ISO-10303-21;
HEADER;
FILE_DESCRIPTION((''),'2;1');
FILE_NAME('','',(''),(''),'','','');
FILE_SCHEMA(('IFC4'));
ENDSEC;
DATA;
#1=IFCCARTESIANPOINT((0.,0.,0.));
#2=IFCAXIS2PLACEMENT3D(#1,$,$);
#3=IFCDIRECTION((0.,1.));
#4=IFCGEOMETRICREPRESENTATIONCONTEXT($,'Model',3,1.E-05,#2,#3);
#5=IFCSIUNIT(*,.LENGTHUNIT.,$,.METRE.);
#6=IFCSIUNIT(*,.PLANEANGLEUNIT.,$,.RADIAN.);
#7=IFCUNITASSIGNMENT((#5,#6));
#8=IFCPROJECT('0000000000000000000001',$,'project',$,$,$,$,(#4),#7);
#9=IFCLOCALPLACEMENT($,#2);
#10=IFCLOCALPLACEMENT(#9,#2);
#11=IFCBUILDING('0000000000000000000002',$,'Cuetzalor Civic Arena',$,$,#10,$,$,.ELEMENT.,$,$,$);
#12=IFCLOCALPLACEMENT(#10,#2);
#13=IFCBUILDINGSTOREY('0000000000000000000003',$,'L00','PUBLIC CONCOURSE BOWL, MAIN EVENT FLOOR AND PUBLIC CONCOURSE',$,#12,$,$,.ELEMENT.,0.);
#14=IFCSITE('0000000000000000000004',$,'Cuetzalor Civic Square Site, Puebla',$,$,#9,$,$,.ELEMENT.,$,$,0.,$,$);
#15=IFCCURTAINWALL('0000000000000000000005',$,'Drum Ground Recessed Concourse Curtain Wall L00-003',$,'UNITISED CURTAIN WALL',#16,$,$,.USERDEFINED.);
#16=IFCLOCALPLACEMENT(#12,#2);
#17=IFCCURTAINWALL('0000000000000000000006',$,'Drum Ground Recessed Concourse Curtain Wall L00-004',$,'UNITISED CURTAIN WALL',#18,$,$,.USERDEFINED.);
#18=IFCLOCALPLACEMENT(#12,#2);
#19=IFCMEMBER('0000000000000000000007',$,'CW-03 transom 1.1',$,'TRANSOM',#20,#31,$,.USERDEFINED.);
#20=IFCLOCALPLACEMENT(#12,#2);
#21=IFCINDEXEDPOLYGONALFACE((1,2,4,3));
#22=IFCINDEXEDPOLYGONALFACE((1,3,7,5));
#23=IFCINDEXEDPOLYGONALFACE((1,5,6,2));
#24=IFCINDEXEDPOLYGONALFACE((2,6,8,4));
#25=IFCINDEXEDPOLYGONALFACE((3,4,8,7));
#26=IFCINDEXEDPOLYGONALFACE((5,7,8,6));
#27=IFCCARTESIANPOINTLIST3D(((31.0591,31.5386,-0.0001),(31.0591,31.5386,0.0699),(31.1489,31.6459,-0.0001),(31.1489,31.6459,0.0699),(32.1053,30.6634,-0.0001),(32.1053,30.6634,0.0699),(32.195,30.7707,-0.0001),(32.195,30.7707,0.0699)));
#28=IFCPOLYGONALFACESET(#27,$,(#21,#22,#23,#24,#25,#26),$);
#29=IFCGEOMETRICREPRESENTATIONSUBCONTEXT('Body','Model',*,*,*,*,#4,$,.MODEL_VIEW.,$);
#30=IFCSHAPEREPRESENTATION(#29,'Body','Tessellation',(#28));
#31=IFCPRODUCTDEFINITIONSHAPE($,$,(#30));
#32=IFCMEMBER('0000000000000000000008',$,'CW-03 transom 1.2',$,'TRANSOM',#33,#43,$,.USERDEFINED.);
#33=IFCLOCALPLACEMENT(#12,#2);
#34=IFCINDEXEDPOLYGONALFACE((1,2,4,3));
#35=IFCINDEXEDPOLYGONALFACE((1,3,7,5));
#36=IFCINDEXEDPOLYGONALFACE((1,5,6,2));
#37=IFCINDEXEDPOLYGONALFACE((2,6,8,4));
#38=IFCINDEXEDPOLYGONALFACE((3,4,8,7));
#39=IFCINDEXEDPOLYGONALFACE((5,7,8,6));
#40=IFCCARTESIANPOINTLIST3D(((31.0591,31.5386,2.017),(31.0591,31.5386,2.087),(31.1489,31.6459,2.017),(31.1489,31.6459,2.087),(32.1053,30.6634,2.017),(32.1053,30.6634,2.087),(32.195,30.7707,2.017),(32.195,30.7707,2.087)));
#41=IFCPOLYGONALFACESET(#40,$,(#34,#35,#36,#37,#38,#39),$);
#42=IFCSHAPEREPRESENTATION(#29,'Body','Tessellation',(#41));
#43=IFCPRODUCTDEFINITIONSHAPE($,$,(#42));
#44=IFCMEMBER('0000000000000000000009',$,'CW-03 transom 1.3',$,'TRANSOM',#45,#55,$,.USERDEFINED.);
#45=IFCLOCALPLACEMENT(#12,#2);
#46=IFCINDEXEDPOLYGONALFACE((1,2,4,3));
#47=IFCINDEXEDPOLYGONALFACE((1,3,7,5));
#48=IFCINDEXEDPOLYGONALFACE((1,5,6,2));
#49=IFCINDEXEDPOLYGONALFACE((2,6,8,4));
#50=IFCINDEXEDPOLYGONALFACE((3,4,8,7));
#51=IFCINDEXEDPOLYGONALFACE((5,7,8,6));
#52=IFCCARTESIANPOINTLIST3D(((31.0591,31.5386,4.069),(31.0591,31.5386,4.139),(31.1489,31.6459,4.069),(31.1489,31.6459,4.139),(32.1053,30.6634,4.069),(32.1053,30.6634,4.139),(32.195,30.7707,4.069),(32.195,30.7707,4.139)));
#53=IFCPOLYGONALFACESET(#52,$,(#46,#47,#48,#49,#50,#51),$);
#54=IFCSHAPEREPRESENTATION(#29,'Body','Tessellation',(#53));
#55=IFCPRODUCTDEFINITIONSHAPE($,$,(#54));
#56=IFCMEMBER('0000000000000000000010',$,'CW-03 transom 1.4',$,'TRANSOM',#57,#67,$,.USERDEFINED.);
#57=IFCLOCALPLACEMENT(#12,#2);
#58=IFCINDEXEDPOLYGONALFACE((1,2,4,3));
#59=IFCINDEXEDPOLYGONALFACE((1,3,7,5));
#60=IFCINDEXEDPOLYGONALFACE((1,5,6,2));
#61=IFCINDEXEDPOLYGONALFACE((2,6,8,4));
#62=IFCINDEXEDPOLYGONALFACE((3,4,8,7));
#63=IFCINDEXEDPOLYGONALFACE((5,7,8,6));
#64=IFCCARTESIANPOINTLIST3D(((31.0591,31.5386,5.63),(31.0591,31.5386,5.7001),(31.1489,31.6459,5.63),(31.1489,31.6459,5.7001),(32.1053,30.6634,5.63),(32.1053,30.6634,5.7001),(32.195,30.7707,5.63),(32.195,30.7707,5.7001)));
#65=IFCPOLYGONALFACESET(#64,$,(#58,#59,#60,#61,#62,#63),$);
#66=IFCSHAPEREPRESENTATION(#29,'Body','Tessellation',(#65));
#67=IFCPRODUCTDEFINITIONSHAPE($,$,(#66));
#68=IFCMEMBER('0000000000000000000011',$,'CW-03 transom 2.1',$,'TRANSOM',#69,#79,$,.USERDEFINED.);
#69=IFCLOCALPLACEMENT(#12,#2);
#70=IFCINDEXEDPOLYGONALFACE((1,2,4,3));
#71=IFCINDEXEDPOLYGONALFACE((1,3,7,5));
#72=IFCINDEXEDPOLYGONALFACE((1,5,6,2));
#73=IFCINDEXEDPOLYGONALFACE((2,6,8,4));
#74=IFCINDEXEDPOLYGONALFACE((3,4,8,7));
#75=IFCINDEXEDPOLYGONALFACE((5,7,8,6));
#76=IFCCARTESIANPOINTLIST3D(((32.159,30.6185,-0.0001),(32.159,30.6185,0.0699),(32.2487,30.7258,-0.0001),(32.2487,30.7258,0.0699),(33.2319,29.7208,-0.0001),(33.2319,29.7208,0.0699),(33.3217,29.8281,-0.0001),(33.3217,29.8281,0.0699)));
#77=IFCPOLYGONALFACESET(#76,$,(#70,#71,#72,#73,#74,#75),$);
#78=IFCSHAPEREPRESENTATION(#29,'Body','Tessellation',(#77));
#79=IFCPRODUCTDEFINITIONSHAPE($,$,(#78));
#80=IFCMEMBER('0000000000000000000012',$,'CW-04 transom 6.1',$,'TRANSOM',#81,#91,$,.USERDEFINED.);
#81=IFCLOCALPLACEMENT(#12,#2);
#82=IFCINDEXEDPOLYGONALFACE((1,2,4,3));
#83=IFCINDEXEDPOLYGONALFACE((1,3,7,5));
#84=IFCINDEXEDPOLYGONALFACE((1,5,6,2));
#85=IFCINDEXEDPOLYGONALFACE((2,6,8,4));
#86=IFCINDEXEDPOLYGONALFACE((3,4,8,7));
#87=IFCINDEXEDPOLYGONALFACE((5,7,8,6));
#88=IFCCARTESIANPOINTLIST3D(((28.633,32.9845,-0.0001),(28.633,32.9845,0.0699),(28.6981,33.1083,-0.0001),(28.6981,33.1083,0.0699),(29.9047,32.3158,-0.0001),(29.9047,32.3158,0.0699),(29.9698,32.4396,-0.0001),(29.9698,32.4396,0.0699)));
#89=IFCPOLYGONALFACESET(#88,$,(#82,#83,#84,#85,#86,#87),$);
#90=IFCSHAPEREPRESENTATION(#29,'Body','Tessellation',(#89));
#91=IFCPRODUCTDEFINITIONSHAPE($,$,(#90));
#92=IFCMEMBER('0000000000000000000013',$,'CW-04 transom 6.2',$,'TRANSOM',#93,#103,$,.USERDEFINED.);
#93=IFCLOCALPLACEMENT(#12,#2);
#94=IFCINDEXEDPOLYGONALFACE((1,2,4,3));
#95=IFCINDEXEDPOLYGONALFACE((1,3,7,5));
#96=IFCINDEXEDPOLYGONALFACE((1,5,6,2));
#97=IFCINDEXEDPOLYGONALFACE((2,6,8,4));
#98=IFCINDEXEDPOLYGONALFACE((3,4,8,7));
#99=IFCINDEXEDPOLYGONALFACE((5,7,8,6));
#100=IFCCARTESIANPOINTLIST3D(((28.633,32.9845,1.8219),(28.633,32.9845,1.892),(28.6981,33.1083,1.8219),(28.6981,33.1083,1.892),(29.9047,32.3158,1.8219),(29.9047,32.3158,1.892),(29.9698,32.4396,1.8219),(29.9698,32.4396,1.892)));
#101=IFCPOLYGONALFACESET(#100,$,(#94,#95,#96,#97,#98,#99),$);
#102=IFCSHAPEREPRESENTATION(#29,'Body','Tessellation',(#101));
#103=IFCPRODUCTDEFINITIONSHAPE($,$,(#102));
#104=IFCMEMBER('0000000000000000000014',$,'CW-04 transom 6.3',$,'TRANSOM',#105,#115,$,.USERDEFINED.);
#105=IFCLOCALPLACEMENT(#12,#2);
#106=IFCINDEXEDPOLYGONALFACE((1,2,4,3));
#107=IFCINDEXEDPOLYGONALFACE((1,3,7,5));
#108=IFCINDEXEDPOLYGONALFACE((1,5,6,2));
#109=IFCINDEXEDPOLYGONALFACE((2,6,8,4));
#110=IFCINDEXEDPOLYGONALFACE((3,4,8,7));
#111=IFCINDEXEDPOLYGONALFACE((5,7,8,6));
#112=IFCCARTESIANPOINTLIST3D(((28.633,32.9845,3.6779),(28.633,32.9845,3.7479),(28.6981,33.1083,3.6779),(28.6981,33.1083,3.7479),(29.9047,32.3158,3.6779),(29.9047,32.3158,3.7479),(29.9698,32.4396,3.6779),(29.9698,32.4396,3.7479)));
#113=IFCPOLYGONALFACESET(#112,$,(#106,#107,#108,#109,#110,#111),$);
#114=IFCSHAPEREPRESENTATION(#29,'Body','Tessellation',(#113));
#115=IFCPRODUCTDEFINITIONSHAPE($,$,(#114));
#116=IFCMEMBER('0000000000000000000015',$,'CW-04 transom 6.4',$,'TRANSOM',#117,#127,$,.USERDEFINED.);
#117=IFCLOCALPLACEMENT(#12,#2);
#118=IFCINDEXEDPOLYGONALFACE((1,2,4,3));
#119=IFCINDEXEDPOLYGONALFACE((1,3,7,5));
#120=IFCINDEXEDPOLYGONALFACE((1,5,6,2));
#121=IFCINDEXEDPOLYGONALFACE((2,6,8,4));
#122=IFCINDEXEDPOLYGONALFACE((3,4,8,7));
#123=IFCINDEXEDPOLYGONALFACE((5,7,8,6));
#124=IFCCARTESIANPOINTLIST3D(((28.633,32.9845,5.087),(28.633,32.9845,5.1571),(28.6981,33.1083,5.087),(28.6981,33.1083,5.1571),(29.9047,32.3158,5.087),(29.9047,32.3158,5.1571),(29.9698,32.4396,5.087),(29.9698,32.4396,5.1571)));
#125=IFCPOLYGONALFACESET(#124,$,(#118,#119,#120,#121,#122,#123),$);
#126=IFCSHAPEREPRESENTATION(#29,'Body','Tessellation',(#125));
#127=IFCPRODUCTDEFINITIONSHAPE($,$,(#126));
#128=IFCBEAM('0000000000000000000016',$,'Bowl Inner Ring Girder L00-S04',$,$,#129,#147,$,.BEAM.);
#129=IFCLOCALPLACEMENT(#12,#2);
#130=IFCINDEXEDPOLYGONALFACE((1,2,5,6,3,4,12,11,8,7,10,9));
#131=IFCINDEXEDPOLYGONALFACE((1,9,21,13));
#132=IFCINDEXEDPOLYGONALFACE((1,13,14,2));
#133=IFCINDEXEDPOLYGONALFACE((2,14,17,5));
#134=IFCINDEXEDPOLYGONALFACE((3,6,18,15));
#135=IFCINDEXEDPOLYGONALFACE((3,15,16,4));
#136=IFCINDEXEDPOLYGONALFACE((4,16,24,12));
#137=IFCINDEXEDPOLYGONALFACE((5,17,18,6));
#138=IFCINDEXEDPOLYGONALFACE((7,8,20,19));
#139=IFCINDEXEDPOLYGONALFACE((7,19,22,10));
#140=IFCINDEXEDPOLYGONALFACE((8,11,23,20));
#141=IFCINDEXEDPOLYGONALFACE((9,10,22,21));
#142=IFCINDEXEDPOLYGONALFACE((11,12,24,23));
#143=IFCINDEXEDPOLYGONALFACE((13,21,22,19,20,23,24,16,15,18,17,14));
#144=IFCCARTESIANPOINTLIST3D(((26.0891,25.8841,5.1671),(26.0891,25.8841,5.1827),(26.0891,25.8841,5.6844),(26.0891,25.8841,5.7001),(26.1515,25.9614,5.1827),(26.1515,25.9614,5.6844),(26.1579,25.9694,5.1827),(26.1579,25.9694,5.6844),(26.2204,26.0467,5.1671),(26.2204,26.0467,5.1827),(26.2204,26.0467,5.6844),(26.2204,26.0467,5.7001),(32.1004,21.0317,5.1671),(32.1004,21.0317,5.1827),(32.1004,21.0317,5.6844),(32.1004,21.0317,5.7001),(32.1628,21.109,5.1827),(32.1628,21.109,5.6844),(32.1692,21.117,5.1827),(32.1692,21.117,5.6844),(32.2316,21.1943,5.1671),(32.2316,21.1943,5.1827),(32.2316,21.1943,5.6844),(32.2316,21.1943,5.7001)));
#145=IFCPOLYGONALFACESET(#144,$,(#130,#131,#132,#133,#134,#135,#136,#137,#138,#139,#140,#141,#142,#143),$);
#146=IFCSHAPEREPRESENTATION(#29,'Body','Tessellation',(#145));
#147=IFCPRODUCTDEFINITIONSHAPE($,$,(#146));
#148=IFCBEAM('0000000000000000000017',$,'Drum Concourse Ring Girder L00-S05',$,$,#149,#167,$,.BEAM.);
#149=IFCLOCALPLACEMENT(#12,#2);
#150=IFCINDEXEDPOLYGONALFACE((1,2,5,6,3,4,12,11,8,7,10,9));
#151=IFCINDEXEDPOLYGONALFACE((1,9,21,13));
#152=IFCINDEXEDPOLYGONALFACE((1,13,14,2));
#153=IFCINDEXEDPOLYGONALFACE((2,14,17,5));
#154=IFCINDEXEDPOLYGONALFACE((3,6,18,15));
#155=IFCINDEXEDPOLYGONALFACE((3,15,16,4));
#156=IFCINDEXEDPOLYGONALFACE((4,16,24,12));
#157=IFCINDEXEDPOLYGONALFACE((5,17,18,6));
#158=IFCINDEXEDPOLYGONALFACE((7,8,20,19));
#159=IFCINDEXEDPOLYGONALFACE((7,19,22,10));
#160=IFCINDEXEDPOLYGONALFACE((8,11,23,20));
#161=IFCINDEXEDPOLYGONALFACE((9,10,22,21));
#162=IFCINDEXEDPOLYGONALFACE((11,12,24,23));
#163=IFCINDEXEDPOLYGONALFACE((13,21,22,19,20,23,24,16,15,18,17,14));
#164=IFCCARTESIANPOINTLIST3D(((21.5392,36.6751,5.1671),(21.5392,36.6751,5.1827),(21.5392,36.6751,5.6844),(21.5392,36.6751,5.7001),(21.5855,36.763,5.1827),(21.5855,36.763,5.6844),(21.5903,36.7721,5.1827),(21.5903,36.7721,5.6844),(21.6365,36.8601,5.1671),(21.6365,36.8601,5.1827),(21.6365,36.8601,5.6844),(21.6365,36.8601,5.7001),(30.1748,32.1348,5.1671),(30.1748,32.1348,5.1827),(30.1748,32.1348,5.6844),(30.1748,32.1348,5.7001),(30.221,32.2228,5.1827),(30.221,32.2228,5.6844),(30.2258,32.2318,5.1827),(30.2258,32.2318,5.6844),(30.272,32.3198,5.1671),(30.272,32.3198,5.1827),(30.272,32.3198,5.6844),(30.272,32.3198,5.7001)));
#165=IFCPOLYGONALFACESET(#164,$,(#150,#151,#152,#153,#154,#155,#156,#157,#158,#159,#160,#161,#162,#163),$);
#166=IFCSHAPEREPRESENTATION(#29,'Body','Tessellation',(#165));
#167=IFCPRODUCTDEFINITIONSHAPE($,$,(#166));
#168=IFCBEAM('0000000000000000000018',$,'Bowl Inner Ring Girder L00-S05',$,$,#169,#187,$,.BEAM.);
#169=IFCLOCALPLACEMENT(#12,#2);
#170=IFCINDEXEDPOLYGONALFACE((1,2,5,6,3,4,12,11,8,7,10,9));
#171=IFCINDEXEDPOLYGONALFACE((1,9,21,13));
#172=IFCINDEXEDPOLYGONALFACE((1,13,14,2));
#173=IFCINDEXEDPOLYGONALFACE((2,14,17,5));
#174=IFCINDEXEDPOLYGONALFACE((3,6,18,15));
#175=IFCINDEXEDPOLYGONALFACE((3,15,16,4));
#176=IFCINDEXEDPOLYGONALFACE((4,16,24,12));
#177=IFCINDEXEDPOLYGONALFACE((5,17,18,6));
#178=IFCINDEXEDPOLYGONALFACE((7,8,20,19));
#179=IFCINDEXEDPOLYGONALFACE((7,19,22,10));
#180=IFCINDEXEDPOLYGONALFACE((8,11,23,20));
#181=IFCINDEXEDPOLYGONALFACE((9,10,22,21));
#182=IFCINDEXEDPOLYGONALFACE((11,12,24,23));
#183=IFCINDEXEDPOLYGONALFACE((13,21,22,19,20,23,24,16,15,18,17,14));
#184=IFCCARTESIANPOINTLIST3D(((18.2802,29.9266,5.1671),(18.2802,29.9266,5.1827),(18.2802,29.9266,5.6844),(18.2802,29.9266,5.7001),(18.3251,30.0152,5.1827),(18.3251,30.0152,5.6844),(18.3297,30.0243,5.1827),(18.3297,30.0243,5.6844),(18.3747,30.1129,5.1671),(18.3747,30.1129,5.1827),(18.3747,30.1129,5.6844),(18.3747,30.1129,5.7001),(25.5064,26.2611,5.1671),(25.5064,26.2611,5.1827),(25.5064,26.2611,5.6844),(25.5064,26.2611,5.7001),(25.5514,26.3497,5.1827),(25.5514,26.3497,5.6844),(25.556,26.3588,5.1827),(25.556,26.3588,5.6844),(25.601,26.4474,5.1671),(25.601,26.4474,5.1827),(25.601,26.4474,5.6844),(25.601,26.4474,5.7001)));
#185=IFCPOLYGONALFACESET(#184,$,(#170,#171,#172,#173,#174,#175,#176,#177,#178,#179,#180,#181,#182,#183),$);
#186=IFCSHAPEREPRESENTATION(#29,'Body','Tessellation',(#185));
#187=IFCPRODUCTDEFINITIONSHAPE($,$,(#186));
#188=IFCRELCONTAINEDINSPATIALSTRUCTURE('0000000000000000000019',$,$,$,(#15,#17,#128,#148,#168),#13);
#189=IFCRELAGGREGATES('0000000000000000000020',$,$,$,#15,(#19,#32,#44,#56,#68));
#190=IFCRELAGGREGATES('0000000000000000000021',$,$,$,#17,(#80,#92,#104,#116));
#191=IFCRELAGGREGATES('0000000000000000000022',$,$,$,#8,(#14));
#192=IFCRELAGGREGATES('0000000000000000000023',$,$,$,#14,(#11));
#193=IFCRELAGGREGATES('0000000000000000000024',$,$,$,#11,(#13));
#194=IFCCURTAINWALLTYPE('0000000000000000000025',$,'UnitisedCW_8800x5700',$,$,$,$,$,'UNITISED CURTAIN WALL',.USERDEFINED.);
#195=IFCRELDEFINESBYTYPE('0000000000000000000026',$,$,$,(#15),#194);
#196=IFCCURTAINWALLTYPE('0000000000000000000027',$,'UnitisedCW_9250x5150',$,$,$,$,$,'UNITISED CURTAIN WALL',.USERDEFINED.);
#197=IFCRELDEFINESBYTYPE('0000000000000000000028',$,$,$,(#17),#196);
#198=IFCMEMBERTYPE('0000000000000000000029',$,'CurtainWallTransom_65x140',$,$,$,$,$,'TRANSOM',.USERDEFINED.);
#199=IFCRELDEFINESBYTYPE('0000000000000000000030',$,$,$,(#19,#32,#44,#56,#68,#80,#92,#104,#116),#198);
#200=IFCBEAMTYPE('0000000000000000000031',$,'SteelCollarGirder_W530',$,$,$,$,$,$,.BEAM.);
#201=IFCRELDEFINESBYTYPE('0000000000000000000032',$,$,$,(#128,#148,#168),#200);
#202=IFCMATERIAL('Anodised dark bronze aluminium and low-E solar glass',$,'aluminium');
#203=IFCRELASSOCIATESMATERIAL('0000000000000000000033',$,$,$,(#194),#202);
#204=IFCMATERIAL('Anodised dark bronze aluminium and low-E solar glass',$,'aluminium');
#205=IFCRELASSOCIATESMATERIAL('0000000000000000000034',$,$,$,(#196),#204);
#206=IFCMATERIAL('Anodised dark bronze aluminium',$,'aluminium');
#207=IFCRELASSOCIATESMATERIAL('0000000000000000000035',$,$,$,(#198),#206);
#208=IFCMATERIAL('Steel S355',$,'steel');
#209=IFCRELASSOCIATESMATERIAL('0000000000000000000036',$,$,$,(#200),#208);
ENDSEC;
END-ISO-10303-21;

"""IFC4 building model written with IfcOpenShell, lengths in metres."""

from ifc_helpers import new_model, si_unit, direction, frame, origin, origin_2d, place, context, subcontext, project, spatial, rectangle, i_section, extrude, material, material_profile, profile_set, type_object, element, aggregate, save


model = new_model("IFC4")

# Units and contexts
model_context = context("Model", 3, precision=1e-05, world=origin(), true_north=direction((0.0, 1.0)))
body_context = subcontext(model_context, "Body", "Model", "MODEL_VIEW")
ifc_project = project(units=[si_unit("LENGTHUNIT", "METRE"), si_unit("PLANEANGLEUNIT", "RADIAN")], contexts=[model_context])

# Site, building, storey
site_placement = place(None, origin())
site = spatial("IfcSite", under=ifc_project, at=site_placement, Name="Cuetzalor Civic Square Site, Puebla", CompositionType="ELEMENT", RefElevation=0.0)
building_placement = place(site_placement, origin())
building = spatial("IfcBuilding", under=site, at=building_placement, Name="Cuetzalor Civic Arena", CompositionType="ELEMENT")
storey_placement = place(building_placement, origin())
storey = spatial("IfcBuildingStorey", under=building, at=storey_placement, Name="L00", Description="PUBLIC CONCOURSE BOWL, MAIN EVENT FLOOR AND PUBLIC CONCOURSE", CompositionType="ELEMENT", Elevation=0.0)

# Curtain walls
ifc_material_1 = material(Name="Anodised dark bronze aluminium and low-E solar glass", Category="aluminium")
curtain_wall_type_1 = type_object("IfcCurtainWallType", Name="UnitisedCW_8800x5700", ElementType="UNITISED CURTAIN WALL", PredefinedType="USERDEFINED", material=ifc_material_1)
curtain_wall_1_placement = place(storey_placement, origin())
curtain_wall_1 = element("IfcCurtainWall", 1, at=curtain_wall_1_placement, inside=storey, type_object=curtain_wall_type_1, Name="Drum Ground Recessed Concourse Curtain Wall L00-003", ObjectType="UNITISED CURTAIN WALL", PredefinedType="USERDEFINED")
ifc_material_2 = material(Name="Anodised dark bronze aluminium and low-E solar glass", Category="aluminium")
curtain_wall_type_2 = type_object("IfcCurtainWallType", Name="UnitisedCW_9250x5150", ElementType="UNITISED CURTAIN WALL", PredefinedType="USERDEFINED", material=ifc_material_2)
curtain_wall_2_placement = place(storey_placement, origin())
curtain_wall_2 = element("IfcCurtainWall", 2, at=curtain_wall_2_placement, inside=storey, type_object=curtain_wall_type_2, Name="Drum Ground Recessed Concourse Curtain Wall L00-004", ObjectType="UNITISED CURTAIN WALL", PredefinedType="USERDEFINED")

# Members
ifc_material_3 = material(Name="Anodised dark bronze aluminium", Category="aluminium")
ifc_material_profile_1 = material_profile(ifc_material_3, rectangle(XDim=0.1399, YDim=0.0701, at=origin_2d()), Name="ALU TRANSOM 70x140")
ifc_profile_set_1 = profile_set([ifc_material_profile_1], Name="Anodised dark bronze aluminium")
member_type_1 = type_object("IfcMemberType", Name="CurtainWallTransom_65x140", ElementType="TRANSOM", PredefinedType="USERDEFINED", material=ifc_profile_set_1)
member_1_placement = place(storey_placement, frame((31.104, 31.5923, 0.0349), z_axis=(0.766973, -0.64168, 0.0), x_axis=(0.64168, 0.766973, 0.0)))
member_1 = element("IfcMember", 3, at=member_1_placement, type_object=member_type_1, Name="CW-03 transom 1.1", ObjectType="TRANSOM", PredefinedType="USERDEFINED", context=body_context, shape_type="SweptSolid", body=[
    extrude(rectangle(XDim=0.1399, YDim=0.0701, at=origin_2d()), origin(), (0.0, 0.0, 1.0), 1.364),
])
member_2_placement = place(storey_placement, frame((31.104, 31.5923, 2.052), z_axis=(0.766973, -0.64168, 0.0), x_axis=(0.64168, 0.766973, 0.0)))
member_2 = element("IfcMember", 4, at=member_2_placement, type_object=member_type_1, Name="CW-03 transom 1.2", ObjectType="TRANSOM", PredefinedType="USERDEFINED", context=body_context, shape_type="SweptSolid", body=[
    extrude(rectangle(XDim=0.1399, YDim=0.0701, at=origin_2d()), origin(), (0.0, 0.0, 1.0), 1.364),
])
member_3_placement = place(storey_placement, frame((31.104, 31.5923, 4.104), z_axis=(0.766973, -0.64168, 0.0), x_axis=(0.64168, 0.766973, 0.0)))
member_3 = element("IfcMember", 5, at=member_3_placement, type_object=member_type_1, Name="CW-03 transom 1.3", ObjectType="TRANSOM", PredefinedType="USERDEFINED", context=body_context, shape_type="SweptSolid", body=[
    extrude(rectangle(XDim=0.1399, YDim=0.0701, at=origin_2d()), origin(), (0.0, 0.0, 1.0), 1.364),
])
member_4_placement = place(storey_placement, frame((31.104, 31.5923, 5.665), z_axis=(0.766973, -0.64168, 0.0), x_axis=(0.64168, 0.766973, 0.0)))
member_4 = element("IfcMember", 6, at=member_4_placement, type_object=member_type_1, Name="CW-03 transom 1.4", ObjectType="TRANSOM", PredefinedType="USERDEFINED", context=body_context, shape_type="SweptSolid", body=[
    extrude(rectangle(XDim=0.1399, YDim=0.0701, at=origin_2d()), origin(), (0.0, 0.0, 1.0), 1.364),
])
member_5_placement = place(storey_placement, frame((32.2039, 30.6721, 0.0349), z_axis=(0.766975, -0.641677, 0.0), x_axis=(0.641677, 0.766975, 0.0)))
member_5 = element("IfcMember", 7, at=member_5_placement, type_object=member_type_1, Name="CW-03 transom 2.1", ObjectType="TRANSOM", PredefinedType="USERDEFINED", context=body_context, shape_type="SweptSolid", body=[
    extrude(rectangle(XDim=0.1399, YDim=0.0701, at=origin_2d()), origin(), (0.0, 0.0, 1.0), 1.3989),
])
member_6_placement = place(storey_placement, frame((28.6655, 33.0464, 0.0349), z_axis=(0.885099, -0.465403, 0.0), x_axis=(0.465403, 0.885099, 0.0)))
member_6 = element("IfcMember", 8, at=member_6_placement, type_object=member_type_1, Name="CW-04 transom 6.1", ObjectType="TRANSOM", PredefinedType="USERDEFINED", context=body_context, shape_type="SweptSolid", body=[
    extrude(rectangle(XDim=0.1399, YDim=0.0701, at=origin_2d()), origin(), (0.0, 0.0, 1.0), 1.4368),
])
member_7_placement = place(storey_placement, frame((28.6655, 33.0464, 1.8569), z_axis=(0.885099, -0.465403, 0.0), x_axis=(0.465403, 0.885099, 0.0)))
member_7 = element("IfcMember", 9, at=member_7_placement, type_object=member_type_1, Name="CW-04 transom 6.2", ObjectType="TRANSOM", PredefinedType="USERDEFINED", context=body_context, shape_type="SweptSolid", body=[
    extrude(rectangle(XDim=0.1399, YDim=0.0701, at=origin_2d()), origin(), (0.0, 0.0, 1.0), 1.4368),
])
member_8_placement = place(storey_placement, frame((28.6655, 33.0464, 3.7129), z_axis=(0.885099, -0.465403, 0.0), x_axis=(0.465403, 0.885099, 0.0)))
member_8 = element("IfcMember", 10, at=member_8_placement, type_object=member_type_1, Name="CW-04 transom 6.3", ObjectType="TRANSOM", PredefinedType="USERDEFINED", context=body_context, shape_type="SweptSolid", body=[
    extrude(rectangle(XDim=0.1399, YDim=0.0701, at=origin_2d()), origin(), (0.0, 0.0, 1.0), 1.4368),
])
member_9_placement = place(storey_placement, frame((28.6655, 33.0464, 5.1221), z_axis=(0.885099, -0.465403, 0.0), x_axis=(0.465403, 0.885099, 0.0)))
member_9 = element("IfcMember", 11, at=member_9_placement, type_object=member_type_1, Name="CW-04 transom 6.4", ObjectType="TRANSOM", PredefinedType="USERDEFINED", context=body_context, shape_type="SweptSolid", body=[
    extrude(rectangle(XDim=0.1399, YDim=0.0701, at=origin_2d()), origin(), (0.0, 0.0, 1.0), 1.4368),
])

# Beams
ifc_material_4 = material(Name="Steel S355", Category="steel")
ifc_material_profile_2 = material_profile(ifc_material_4, i_section(OverallWidth=0.209, OverallDepth=0.533, WebThickness=0.0103, FlangeThickness=0.0156, at=origin_2d()), Name="W530x92")
ifc_profile_set_2 = profile_set([ifc_material_profile_2], Name="Steel S355")
beam_type_1 = type_object("IfcBeamType", Name="SteelCollarGirder_W530", PredefinedType="BEAM", material=ifc_profile_set_2)
beam_1_placement = place(storey_placement, frame((32.166, 21.113, 5.4336), z_axis=(-0.778127, 0.628108, 0.0), x_axis=(-0.628108, -0.778127, 0.0)))
element("IfcBeam", 12, at=beam_1_placement, inside=storey, type_object=beam_type_1, Name="Bowl Inner Ring Girder L00-S04", PredefinedType="BEAM", context=body_context, shape_type="SweptSolid", body=[
    extrude(i_section(OverallWidth=0.209, OverallDepth=0.533, WebThickness=0.0103, FlangeThickness=0.0156, at=origin_2d()), origin(), (0.0, 0.0, 1.0), 7.7253),
])
beam_2_placement = place(storey_placement, frame((30.2234, 32.2273, 5.4336), z_axis=(-0.885117, 0.465368, 0.0), x_axis=(-0.465368, -0.885117, 0.0)))
element("IfcBeam", 13, at=beam_2_placement, inside=storey, type_object=beam_type_1, Name="Drum Concourse Ring Girder L00-S05", PredefinedType="BEAM", context=body_context, shape_type="SweptSolid", body=[
    extrude(i_section(OverallWidth=0.209, OverallDepth=0.533, WebThickness=0.0103, FlangeThickness=0.0156, at=origin_2d()), origin(), (0.0, 0.0, 1.0), 9.7563),
])
beam_3_placement = place(storey_placement, frame((25.5537, 26.3542, 5.4336), z_axis=(-0.891827, 0.452376, 0.0), x_axis=(-0.452376, -0.891827, 0.0)))
element("IfcBeam", 14, at=beam_3_placement, inside=storey, type_object=beam_type_1, Name="Bowl Inner Ring Girder L00-S05", PredefinedType="BEAM", context=body_context, shape_type="SweptSolid", body=[
    extrude(i_section(OverallWidth=0.209, OverallDepth=0.533, WebThickness=0.0103, FlangeThickness=0.0156, at=origin_2d()), origin(), (0.0, 0.0, 1.0), 8.1028),
])

aggregate(curtain_wall_1, [member_1, member_2, member_3, member_4, member_5])
aggregate(curtain_wall_2, [member_6, member_7, member_8, member_9])

save(model, "model.ifc")
